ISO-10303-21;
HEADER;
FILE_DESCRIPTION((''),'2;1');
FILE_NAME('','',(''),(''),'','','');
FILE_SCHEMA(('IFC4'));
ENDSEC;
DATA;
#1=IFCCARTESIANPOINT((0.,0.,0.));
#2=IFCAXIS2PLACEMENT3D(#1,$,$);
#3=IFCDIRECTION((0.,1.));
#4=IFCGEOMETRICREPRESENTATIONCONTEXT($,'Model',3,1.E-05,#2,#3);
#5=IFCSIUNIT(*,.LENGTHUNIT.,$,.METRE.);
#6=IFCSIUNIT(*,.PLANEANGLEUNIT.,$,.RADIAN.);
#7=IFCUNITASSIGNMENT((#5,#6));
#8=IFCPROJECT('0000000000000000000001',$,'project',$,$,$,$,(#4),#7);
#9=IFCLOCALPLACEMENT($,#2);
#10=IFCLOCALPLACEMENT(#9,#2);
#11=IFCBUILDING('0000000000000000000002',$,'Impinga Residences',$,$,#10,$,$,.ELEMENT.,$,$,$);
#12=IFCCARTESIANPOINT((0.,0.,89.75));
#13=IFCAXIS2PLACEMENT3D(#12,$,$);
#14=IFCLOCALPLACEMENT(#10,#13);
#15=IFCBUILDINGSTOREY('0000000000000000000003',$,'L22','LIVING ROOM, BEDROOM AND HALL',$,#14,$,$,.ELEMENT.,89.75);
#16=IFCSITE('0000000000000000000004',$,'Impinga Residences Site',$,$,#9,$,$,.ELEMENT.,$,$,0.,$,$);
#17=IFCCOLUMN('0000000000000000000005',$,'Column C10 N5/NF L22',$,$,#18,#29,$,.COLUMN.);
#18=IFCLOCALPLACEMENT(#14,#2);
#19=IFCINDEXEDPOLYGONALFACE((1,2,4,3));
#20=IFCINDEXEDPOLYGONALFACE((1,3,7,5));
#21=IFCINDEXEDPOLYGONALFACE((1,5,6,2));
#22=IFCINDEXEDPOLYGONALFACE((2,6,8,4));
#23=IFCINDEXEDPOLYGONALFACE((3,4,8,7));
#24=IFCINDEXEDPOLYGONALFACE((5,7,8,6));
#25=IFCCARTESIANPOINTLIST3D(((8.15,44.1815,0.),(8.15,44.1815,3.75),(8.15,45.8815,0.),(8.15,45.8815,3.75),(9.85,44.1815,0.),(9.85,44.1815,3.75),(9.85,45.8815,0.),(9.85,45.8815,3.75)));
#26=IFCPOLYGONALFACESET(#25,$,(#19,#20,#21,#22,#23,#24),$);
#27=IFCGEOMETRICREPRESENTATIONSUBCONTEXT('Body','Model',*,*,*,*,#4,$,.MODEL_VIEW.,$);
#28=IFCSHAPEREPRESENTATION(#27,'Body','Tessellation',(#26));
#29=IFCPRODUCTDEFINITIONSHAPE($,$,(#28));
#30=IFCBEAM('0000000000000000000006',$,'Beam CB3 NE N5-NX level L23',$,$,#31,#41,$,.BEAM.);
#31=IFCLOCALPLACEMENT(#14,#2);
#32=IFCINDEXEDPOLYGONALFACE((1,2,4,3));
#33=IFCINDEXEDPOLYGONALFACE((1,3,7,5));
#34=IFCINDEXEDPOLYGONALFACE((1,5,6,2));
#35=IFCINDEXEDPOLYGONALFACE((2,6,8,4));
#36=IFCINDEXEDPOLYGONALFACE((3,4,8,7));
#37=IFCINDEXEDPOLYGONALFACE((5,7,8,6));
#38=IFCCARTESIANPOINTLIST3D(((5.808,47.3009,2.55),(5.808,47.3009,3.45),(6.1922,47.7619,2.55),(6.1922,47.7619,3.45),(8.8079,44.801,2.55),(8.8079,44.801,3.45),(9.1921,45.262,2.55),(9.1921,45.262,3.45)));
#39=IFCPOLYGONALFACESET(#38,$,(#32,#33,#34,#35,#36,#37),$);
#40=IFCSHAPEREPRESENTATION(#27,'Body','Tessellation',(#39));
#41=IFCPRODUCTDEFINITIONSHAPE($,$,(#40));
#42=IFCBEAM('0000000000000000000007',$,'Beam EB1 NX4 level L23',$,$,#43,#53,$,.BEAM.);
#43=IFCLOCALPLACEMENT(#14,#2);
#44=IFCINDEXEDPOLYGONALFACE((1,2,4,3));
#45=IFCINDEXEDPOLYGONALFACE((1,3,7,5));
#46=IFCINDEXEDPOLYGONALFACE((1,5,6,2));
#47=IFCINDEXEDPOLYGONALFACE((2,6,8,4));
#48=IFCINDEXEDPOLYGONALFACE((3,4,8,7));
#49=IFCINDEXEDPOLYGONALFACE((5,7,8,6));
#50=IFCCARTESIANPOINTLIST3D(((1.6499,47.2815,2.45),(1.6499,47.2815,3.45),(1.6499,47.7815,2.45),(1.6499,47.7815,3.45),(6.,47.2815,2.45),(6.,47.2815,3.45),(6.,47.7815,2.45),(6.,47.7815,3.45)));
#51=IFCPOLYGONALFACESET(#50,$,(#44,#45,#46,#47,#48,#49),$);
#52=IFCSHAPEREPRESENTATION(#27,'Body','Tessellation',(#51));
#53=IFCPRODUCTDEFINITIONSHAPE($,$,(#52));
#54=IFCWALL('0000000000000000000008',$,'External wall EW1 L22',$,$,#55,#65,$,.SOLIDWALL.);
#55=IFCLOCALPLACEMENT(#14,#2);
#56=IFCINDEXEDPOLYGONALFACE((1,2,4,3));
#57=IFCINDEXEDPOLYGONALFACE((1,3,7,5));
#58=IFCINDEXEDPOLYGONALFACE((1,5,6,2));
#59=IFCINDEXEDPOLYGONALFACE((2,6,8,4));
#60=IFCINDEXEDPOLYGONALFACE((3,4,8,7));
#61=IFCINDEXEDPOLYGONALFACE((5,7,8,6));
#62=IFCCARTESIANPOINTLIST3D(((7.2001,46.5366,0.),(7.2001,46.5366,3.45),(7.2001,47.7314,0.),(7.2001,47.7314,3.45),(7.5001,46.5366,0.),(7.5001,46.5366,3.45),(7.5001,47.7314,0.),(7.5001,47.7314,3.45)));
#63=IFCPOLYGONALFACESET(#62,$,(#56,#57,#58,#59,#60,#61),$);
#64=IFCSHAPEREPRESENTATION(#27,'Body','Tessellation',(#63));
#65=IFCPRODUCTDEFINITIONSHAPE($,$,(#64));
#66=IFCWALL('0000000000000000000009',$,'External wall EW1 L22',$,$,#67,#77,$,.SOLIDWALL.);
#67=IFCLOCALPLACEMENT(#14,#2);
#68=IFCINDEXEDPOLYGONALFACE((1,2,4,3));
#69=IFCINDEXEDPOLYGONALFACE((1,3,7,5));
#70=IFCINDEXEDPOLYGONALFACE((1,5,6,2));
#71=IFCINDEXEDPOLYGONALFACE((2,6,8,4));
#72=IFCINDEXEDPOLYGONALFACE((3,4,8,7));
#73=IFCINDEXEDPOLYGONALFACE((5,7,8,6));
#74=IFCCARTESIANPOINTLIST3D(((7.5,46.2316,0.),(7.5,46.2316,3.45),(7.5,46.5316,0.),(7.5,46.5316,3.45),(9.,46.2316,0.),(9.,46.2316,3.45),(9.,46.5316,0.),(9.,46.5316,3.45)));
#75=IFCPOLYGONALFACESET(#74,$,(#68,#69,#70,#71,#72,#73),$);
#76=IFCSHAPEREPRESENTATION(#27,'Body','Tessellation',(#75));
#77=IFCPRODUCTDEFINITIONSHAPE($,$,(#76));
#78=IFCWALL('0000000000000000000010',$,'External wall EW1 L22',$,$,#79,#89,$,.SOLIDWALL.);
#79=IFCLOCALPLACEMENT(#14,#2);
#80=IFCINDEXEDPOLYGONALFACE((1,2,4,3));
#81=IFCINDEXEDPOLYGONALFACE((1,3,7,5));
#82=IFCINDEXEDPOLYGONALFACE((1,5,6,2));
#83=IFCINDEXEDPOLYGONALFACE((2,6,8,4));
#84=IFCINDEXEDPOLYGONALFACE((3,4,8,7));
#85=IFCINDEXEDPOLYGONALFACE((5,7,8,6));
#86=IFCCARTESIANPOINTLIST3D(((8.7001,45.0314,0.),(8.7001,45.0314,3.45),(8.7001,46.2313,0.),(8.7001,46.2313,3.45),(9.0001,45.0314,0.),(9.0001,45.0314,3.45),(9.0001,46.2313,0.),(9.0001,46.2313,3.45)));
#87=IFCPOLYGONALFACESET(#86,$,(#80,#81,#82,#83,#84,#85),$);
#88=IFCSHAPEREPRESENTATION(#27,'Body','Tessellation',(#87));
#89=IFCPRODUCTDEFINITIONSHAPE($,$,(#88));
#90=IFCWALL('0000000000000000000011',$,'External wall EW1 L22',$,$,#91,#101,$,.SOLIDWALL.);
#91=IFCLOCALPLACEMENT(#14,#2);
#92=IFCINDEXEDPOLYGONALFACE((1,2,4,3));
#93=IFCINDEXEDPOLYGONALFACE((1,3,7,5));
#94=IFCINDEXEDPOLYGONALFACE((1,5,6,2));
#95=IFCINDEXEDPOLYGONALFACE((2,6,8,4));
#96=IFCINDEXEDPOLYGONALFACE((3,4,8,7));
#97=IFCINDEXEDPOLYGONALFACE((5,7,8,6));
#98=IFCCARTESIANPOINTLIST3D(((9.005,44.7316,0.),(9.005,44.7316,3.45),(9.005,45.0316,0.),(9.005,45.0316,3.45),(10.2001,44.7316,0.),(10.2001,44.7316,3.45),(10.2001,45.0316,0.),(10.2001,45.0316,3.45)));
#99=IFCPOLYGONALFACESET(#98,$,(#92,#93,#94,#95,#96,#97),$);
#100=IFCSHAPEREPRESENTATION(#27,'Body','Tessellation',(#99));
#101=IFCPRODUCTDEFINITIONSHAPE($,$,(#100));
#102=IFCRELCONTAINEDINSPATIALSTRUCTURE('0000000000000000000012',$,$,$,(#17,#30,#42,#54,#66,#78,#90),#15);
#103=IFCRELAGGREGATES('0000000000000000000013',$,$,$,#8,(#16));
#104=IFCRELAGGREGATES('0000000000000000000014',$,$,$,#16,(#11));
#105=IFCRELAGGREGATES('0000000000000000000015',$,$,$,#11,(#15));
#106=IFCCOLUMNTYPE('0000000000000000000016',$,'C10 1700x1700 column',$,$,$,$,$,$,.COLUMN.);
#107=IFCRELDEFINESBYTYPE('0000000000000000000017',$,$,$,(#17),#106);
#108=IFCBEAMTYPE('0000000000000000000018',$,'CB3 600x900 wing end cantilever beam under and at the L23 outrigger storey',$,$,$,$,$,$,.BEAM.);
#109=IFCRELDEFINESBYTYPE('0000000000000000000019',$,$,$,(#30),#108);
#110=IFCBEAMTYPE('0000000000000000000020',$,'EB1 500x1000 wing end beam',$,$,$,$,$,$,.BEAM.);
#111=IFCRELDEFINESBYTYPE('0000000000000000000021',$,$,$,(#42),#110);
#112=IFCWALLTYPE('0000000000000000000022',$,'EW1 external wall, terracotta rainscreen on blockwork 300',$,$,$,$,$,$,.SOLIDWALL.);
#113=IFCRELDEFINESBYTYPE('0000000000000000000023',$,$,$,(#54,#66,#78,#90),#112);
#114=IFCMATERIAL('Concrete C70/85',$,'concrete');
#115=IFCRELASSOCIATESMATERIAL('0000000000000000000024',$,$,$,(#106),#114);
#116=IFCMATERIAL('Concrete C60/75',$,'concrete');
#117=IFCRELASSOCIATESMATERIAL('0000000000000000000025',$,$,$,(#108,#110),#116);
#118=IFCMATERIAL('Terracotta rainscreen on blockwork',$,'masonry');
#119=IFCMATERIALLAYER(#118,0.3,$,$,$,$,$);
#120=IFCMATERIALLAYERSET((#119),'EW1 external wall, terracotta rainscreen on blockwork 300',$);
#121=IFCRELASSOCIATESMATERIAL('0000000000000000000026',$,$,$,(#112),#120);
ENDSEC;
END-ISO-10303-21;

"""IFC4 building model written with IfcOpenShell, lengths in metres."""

from ifc_helpers import new_model, si_unit, direction, frame, frame_2d, origin, origin_2d, place, context, subcontext, project, spatial, rectangle, extrude, material, layer, layer_set, material_profile, profile_set, type_object, element, save


model = new_model("IFC4")

# Units and contexts
model_context = context("Model", 3, precision=1e-05, world=origin(), true_north=direction((0.0, 1.0)))
body_context = subcontext(model_context, "Body", "Model", "MODEL_VIEW")
ifc_project = project(units=[si_unit("LENGTHUNIT", "METRE"), si_unit("PLANEANGLEUNIT", "RADIAN")], contexts=[model_context])

# Site, building, storey
site_placement = place(None, origin())
site = spatial("IfcSite", under=ifc_project, at=site_placement, Name="Impinga Residences Site", CompositionType="ELEMENT", RefElevation=0.0)
building_placement = place(site_placement, origin())
building = spatial("IfcBuilding", under=site, at=building_placement, Name="Impinga Residences", CompositionType="ELEMENT")
storey_placement = place(building_placement, frame((0.0, 0.0, 89.75)))
storey = spatial("IfcBuildingStorey", under=building, at=storey_placement, Name="L22", Description="LIVING ROOM, BEDROOM AND HALL", CompositionType="ELEMENT", Elevation=89.75)

# Column
ifc_material_1 = material(Name="Concrete C70/85", Category="concrete")
ifc_material_profile_1 = material_profile(ifc_material_1, rectangle(XDim=1.7, YDim=1.7, at=origin_2d()), Name="RC 1700x1700")
ifc_profile_set_1 = profile_set([ifc_material_profile_1], Name="Concrete C70/85")
column_type = type_object("IfcColumnType", Name="C10 1700x1700 column", PredefinedType="COLUMN", material=ifc_profile_set_1)
column_placement = place(storey_placement, frame((9.0, 45.0315, 0.0), z_axis=(0.0, 0.0, 1.0), x_axis=(1.0, 0.0, 0.0)))
element("IfcColumn", 1, at=column_placement, inside=storey, type_object=column_type, Name="Column C10 N5/NF L22", PredefinedType="COLUMN", context=body_context, shape_type="SweptSolid", body=[
    extrude(rectangle(XDim=1.7, YDim=1.7, at=origin_2d()), origin(), (0.0, 0.0, 1.0), 3.75),
])

# Beams
ifc_material_2 = material(Name="Concrete C60/75", Category="concrete")
ifc_material_profile_2 = material_profile(ifc_material_2, rectangle(XDim=0.6001, YDim=0.8999, at=origin_2d()), Name="RC 600x900")
ifc_profile_set_2 = profile_set([ifc_material_profile_2], Name="Concrete C60/75")
beam_type_1 = type_object("IfcBeamType", Name="CB3 600x900 wing end cantilever beam under and at the L23 outrigger storey", PredefinedType="BEAM", material=ifc_profile_set_2)
beam_1_placement = place(storey_placement, frame((9.0, 45.0315, 3.0), z_axis=(-0.768221, 0.640184, 0.0), x_axis=(-0.640184, -0.768221, 0.0)))
element("IfcBeam", 2, at=beam_1_placement, inside=storey, type_object=beam_type_1, Name="Beam CB3 NE N5-NX level L23", PredefinedType="BEAM", context=body_context, shape_type="SweptSolid", body=[
    extrude(rectangle(XDim=0.6001, YDim=0.8999, at=origin_2d()), origin(), (0.0, 0.0, 1.0), 3.905),
])
ifc_material_profile_3 = material_profile(ifc_material_2, rectangle(XDim=0.5, YDim=1.0, at=origin_2d()), Name="RC 500x1000")
ifc_profile_set_3 = profile_set([ifc_material_profile_3], Name="Concrete C60/75")
beam_type_2 = type_object("IfcBeamType", Name="EB1 500x1000 wing end beam", PredefinedType="BEAM", material=ifc_profile_set_3)
beam_2_placement = place(storey_placement, frame((1.6499, 47.5315, 2.95), z_axis=(1.0, 0.0, 0.0), x_axis=(0.0, 1.0, 0.0)))
element("IfcBeam", 3, at=beam_2_placement, inside=storey, type_object=beam_type_2, Name="Beam EB1 NX4 level L23", PredefinedType="BEAM", context=body_context, shape_type="SweptSolid", body=[
    extrude(rectangle(XDim=0.5, YDim=1.0, at=origin_2d()), origin(), (0.0, 0.0, 1.0), 4.3501),
])

# Walls
ifc_material_3 = material(Name="Terracotta rainscreen on blockwork", Category="masonry")
ifc_layer_1 = layer(ifc_material_3, 0.3)
ifc_layer_set_1 = layer_set([ifc_layer_1], Name="EW1 external wall, terracotta rainscreen on blockwork 300")
wall_type_1 = type_object("IfcWallType", Name="EW1 external wall, terracotta rainscreen on blockwork 300", PredefinedType="SOLIDWALL", material=ifc_layer_set_1)
wall_1_placement = place(storey_placement, frame((7.3501, 47.7314, 0.0), z_axis=(0.0, 0.0, 1.0), x_axis=(0.0, -1.0, 0.0)))
element("IfcWall", 4, at=wall_1_placement, inside=storey, type_object=wall_type_1, Name="External wall EW1 L22", PredefinedType="SOLIDWALL", context=body_context, shape_type="SweptSolid", body=[
    extrude(rectangle(XDim=1.1948, YDim=0.3, at=frame_2d((0.5974, 0.0))), origin(), (0.0, 0.0, 1.0), 3.45),
])
wall_2_placement = place(storey_placement, frame((7.5, 46.3816, 0.0), z_axis=(0.0, 0.0, 1.0), x_axis=(1.0, 0.0, 0.0)))
element("IfcWall", 5, at=wall_2_placement, inside=storey, type_object=wall_type_1, Name="External wall EW1 L22", PredefinedType="SOLIDWALL", context=body_context, shape_type="SweptSolid", body=[
    extrude(rectangle(XDim=1.5, YDim=0.3, at=frame_2d((0.75, 0.0))), origin(), (0.0, 0.0, 1.0), 3.45),
])
wall_3_placement = place(storey_placement, frame((8.8501, 46.2314, 0.0), z_axis=(0.0, 0.0, 1.0), x_axis=(0.0, -1.0, 0.0)))
element("IfcWall", 6, at=wall_3_placement, inside=storey, type_object=wall_type_1, Name="External wall EW1 L22", PredefinedType="SOLIDWALL", context=body_context, shape_type="SweptSolid", body=[
    extrude(rectangle(XDim=1.2, YDim=0.3, at=frame_2d((0.6001, 0.0))), origin(), (0.0, 0.0, 1.0), 3.45),
])
wall_4_placement = place(storey_placement, frame((9.0049, 44.8816, 0.0), z_axis=(0.0, 0.0, 1.0), x_axis=(1.0, 0.0, 0.0)))
element("IfcWall", 7, at=wall_4_placement, inside=storey, type_object=wall_type_1, Name="External wall EW1 L22", PredefinedType="SOLIDWALL", context=body_context, shape_type="SweptSolid", body=[
    extrude(rectangle(XDim=1.1951, YDim=0.3, at=frame_2d((0.5977, 0.0))), origin(), (0.0, 0.0, 1.0), 3.45),
])

save(model, "model.ifc")
